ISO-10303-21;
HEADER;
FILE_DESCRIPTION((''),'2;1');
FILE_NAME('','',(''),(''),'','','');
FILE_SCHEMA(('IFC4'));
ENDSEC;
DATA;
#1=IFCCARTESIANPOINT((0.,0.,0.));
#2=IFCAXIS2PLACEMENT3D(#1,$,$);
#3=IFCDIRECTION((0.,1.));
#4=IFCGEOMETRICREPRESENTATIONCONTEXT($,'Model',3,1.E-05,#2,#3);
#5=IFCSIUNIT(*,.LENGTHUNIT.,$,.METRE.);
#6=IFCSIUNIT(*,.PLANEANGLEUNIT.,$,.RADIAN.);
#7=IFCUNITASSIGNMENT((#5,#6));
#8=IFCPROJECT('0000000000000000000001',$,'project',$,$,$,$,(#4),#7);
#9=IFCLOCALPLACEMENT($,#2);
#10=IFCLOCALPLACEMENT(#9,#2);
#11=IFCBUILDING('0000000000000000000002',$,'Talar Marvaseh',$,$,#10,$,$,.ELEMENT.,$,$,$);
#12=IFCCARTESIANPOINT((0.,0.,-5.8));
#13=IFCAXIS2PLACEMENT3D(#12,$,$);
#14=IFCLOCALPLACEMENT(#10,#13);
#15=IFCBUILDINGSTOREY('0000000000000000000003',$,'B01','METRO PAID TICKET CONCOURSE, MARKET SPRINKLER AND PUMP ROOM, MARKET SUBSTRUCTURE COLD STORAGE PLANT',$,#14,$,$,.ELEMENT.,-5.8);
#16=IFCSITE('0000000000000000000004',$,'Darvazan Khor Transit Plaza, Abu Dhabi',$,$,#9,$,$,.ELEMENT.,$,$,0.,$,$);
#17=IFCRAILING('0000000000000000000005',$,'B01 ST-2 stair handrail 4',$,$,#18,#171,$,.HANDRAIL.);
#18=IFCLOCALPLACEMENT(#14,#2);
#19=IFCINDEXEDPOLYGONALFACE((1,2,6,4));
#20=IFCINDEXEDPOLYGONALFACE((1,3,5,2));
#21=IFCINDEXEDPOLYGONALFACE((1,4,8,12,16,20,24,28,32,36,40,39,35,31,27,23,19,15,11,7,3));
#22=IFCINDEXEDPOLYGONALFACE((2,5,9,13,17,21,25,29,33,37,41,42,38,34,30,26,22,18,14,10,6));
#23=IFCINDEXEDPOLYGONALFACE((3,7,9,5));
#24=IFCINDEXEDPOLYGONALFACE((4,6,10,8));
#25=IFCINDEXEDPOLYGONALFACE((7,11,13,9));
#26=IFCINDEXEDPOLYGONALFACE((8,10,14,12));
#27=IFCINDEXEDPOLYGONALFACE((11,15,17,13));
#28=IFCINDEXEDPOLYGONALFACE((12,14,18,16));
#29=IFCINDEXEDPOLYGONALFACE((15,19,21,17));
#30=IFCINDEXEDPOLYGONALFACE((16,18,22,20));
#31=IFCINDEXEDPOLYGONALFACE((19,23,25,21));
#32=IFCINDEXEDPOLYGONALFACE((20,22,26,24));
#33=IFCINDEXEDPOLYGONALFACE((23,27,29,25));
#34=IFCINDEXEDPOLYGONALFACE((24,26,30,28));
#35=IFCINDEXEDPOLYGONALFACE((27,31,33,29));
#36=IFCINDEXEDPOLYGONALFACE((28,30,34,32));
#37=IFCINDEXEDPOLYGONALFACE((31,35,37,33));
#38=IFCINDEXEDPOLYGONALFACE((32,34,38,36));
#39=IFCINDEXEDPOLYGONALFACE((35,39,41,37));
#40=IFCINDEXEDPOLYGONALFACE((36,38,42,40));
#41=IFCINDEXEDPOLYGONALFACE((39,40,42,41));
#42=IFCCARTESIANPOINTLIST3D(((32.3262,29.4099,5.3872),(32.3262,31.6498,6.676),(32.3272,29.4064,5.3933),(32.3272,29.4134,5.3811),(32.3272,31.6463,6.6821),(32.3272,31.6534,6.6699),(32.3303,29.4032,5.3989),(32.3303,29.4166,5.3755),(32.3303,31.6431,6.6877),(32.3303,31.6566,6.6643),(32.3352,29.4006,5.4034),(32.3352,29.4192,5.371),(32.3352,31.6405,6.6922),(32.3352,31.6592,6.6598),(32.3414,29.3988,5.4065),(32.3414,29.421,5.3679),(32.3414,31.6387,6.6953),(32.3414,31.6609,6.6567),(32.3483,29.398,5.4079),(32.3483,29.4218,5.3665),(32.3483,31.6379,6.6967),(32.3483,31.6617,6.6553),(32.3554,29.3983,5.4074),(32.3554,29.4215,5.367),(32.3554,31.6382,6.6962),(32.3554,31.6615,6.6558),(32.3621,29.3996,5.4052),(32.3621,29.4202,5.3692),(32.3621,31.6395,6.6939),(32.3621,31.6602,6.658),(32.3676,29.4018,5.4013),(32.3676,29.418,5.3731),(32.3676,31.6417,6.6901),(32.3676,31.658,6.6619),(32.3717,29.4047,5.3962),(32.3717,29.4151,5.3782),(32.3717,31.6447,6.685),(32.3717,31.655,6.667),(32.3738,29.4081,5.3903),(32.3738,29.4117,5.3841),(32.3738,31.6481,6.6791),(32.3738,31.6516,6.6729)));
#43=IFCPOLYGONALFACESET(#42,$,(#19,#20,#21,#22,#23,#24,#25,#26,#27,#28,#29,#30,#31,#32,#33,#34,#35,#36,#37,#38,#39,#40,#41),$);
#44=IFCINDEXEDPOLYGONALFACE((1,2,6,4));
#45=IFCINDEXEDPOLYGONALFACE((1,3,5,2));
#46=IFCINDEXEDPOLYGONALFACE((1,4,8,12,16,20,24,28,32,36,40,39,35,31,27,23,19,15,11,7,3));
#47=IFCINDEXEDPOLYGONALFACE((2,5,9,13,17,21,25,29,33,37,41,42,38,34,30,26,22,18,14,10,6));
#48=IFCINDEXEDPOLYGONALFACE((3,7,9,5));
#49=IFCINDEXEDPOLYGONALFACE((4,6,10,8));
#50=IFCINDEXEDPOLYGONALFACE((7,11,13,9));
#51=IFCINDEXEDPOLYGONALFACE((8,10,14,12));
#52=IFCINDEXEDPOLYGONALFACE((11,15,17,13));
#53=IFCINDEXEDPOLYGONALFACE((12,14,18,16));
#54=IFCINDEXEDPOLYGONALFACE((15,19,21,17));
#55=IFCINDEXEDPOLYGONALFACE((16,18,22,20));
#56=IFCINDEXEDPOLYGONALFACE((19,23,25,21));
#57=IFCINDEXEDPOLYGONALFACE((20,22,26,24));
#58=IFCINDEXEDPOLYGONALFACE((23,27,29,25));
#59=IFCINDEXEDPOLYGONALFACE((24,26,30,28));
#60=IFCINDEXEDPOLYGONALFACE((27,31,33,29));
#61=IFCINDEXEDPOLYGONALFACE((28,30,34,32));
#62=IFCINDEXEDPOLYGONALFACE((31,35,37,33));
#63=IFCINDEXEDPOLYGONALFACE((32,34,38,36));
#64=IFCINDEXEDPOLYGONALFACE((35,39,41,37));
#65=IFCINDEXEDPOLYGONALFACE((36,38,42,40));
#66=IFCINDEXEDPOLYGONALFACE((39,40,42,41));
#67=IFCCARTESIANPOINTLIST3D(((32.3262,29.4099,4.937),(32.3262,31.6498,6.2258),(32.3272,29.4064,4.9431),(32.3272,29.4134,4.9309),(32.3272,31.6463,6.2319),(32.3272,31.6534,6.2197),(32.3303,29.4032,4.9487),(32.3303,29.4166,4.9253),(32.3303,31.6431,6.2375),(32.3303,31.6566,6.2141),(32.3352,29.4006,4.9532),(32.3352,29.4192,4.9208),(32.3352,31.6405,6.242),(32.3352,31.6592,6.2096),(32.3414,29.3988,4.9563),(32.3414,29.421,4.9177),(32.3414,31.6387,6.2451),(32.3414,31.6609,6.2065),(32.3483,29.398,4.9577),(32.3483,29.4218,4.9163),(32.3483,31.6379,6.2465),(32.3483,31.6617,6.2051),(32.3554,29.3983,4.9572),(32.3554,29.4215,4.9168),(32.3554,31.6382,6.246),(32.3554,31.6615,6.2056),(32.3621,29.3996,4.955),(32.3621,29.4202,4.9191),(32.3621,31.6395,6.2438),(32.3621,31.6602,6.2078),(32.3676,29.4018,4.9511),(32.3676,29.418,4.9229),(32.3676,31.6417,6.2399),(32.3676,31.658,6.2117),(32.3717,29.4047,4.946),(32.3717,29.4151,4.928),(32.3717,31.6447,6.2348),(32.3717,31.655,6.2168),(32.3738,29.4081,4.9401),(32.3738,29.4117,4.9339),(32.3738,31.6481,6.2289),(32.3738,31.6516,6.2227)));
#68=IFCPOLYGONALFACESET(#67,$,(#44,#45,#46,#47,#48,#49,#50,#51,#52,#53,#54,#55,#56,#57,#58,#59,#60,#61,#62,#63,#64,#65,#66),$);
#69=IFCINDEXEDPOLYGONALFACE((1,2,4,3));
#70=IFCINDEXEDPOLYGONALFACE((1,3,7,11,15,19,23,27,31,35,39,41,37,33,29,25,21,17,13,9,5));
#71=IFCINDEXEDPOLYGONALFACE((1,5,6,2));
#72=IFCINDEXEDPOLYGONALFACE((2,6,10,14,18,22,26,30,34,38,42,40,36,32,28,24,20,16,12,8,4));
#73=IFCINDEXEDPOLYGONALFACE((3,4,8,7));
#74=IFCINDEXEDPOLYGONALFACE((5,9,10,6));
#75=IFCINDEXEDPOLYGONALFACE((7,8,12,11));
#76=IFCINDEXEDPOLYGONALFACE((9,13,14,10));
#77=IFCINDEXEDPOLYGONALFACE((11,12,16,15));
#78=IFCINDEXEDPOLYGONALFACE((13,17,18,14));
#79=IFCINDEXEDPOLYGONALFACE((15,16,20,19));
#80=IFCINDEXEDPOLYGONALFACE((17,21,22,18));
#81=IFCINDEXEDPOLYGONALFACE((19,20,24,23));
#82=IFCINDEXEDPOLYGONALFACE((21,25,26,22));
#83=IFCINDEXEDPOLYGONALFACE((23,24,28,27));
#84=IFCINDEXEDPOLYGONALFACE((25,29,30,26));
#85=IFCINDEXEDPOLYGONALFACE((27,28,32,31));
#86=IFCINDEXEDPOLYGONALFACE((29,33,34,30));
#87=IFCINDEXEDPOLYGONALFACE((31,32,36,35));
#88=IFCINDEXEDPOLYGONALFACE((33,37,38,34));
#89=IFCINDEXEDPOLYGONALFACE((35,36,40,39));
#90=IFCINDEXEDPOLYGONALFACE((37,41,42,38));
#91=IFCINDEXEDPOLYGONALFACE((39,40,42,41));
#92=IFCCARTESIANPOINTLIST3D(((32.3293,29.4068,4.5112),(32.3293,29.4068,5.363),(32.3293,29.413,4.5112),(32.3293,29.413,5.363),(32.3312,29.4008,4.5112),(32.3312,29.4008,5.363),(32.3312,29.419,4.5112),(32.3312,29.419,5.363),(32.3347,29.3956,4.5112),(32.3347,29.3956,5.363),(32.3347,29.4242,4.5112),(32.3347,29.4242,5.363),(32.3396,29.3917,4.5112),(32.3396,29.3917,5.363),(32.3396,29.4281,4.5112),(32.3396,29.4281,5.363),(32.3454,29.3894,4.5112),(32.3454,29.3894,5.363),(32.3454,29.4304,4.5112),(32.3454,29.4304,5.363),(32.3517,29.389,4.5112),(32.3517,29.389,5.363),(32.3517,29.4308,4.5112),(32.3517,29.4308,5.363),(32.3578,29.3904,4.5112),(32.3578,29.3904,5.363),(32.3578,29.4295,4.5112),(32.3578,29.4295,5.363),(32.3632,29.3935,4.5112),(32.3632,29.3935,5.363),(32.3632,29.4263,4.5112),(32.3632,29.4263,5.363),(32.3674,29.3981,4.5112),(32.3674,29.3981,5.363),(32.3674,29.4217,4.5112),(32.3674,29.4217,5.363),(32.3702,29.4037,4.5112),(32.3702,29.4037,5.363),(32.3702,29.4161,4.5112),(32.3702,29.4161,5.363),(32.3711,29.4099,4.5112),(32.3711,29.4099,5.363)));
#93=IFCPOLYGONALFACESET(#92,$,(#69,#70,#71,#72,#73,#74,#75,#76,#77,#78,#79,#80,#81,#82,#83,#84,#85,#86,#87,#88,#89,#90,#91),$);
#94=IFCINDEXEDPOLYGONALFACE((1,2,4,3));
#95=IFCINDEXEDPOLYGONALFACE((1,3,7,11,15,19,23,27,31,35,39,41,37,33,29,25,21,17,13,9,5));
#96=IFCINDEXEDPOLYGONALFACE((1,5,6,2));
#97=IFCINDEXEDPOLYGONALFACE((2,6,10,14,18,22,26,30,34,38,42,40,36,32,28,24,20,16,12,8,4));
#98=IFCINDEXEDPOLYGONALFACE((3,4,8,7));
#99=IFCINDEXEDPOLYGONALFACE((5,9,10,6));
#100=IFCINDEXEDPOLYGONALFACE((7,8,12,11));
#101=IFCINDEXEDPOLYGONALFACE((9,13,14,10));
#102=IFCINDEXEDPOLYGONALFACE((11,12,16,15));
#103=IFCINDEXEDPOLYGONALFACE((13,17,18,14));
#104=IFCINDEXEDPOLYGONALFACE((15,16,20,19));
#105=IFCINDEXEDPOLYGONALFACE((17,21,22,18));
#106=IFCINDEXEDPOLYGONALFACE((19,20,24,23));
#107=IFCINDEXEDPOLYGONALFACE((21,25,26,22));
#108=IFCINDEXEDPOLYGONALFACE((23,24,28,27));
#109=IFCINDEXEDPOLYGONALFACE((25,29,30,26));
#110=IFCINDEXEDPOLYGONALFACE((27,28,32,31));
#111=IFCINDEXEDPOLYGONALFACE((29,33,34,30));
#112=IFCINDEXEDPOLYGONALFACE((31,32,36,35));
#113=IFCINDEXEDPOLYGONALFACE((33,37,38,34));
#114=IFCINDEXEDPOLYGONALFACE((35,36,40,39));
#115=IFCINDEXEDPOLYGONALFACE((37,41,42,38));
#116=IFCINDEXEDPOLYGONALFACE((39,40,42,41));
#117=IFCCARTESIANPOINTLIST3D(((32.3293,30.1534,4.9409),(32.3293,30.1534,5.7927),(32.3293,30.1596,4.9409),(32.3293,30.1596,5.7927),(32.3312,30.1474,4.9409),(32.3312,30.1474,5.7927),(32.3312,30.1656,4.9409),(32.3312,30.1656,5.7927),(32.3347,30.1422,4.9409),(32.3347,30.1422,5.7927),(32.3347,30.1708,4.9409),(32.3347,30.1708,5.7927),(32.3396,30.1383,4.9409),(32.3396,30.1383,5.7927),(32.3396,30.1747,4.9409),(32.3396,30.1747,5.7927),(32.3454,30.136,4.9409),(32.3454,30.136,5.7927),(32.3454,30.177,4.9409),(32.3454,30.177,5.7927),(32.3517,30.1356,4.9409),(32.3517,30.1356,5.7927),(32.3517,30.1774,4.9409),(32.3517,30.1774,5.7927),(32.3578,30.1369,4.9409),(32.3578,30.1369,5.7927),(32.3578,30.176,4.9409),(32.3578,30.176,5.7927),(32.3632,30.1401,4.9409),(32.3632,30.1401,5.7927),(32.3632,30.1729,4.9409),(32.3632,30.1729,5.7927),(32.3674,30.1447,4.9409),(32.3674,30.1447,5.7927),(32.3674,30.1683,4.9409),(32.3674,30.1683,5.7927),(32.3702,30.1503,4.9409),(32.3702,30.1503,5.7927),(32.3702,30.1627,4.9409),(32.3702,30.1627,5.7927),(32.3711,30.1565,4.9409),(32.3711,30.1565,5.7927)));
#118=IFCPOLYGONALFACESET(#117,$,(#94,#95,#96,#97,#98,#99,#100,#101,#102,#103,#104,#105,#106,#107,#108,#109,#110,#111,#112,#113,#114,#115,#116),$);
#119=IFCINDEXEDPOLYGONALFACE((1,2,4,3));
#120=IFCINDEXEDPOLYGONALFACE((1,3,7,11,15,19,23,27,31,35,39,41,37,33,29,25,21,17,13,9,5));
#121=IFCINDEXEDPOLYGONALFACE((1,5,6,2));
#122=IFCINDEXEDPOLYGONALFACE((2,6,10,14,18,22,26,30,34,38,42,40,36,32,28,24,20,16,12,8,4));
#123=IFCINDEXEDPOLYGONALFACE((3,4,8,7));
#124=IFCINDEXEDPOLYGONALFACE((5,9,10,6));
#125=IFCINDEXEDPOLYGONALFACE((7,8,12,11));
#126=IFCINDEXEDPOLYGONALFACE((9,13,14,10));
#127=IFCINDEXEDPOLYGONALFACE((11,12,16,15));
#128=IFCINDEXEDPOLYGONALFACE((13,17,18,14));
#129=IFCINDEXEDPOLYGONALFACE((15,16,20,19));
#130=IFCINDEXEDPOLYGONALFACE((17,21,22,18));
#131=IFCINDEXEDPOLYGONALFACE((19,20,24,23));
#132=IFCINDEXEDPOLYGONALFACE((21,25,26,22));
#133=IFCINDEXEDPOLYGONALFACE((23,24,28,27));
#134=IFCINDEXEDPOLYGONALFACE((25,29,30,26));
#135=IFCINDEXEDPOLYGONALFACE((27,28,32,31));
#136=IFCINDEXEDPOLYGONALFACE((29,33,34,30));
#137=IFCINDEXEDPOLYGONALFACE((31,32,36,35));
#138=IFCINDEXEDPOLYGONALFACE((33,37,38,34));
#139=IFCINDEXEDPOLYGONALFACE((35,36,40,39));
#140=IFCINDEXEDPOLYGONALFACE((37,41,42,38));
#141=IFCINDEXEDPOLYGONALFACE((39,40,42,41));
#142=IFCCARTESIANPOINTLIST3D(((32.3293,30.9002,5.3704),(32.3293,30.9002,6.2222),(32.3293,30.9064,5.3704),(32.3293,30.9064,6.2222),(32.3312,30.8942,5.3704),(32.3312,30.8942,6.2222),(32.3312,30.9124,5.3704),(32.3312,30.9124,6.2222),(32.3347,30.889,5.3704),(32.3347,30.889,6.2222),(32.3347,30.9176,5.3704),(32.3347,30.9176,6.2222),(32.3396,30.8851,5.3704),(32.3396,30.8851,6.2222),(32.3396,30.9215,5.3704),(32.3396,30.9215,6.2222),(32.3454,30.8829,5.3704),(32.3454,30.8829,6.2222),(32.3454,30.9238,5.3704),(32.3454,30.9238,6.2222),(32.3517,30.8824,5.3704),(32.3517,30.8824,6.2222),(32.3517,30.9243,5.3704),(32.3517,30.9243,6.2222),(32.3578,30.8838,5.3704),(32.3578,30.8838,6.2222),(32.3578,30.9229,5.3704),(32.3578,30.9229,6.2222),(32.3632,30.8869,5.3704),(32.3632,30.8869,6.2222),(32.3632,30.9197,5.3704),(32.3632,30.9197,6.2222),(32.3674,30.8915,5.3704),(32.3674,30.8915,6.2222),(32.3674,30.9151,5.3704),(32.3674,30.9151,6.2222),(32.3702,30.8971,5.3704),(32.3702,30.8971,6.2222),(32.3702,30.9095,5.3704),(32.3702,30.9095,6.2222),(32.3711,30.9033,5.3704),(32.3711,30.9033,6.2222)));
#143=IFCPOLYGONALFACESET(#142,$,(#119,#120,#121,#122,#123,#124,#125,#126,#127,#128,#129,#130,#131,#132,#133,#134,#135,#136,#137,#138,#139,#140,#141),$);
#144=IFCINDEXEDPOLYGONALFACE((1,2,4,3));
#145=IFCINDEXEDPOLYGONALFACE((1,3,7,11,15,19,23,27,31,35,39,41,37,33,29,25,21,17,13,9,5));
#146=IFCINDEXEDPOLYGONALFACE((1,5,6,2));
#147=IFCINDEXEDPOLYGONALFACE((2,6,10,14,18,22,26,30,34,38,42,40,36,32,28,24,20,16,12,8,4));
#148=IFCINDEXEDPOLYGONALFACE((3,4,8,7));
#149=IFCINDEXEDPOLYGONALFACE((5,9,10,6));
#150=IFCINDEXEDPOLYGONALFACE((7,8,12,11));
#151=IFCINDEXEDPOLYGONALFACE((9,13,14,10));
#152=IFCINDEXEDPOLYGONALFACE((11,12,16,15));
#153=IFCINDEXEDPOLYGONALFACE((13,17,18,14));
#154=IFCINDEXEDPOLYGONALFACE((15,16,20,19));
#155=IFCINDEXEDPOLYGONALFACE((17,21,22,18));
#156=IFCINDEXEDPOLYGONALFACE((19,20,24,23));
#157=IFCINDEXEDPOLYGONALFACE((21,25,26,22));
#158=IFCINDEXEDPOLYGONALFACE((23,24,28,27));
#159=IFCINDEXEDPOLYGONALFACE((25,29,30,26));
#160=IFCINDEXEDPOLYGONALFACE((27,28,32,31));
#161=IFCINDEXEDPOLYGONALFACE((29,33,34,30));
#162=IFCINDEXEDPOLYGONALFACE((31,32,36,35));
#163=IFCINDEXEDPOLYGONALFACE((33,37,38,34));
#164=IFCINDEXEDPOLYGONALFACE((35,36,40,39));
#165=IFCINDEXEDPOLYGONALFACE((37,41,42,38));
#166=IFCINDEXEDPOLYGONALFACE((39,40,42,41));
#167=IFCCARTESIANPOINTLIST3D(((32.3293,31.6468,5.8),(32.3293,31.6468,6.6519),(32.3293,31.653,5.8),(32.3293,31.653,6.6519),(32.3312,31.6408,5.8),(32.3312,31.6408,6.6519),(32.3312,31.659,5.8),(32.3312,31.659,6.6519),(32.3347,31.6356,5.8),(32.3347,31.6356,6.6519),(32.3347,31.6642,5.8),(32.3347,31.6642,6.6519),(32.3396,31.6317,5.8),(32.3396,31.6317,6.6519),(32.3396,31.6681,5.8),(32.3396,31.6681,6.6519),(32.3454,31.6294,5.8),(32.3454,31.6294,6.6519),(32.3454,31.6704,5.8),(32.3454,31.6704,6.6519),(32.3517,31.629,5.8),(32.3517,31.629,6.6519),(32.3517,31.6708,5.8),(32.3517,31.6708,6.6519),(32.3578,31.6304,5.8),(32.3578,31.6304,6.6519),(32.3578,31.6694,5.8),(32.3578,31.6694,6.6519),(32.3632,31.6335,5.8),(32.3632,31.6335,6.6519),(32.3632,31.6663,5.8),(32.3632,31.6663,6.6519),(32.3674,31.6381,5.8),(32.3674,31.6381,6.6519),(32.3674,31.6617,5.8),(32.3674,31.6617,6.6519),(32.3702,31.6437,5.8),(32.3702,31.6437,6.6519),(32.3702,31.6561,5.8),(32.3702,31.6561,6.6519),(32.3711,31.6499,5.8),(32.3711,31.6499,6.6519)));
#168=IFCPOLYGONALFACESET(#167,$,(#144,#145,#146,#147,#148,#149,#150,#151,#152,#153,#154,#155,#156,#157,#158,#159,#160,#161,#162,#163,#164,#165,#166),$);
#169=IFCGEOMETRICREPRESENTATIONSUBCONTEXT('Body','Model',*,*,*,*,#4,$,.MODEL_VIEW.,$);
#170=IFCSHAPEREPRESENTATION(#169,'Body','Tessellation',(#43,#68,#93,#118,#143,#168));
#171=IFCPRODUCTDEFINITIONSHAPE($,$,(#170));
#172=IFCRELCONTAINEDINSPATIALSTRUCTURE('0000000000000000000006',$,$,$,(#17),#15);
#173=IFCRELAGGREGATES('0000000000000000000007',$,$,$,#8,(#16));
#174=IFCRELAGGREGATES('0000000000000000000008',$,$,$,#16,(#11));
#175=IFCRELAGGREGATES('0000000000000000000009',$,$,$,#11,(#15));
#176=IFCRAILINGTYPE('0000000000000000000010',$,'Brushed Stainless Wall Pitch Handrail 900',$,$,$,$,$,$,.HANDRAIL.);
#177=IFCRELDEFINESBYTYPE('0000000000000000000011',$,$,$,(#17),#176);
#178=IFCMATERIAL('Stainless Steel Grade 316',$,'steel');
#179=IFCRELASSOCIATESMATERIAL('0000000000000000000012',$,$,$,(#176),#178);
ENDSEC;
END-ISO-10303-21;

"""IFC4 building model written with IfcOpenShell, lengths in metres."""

from ifc_helpers import new_model, si_unit, direction, frame, origin, origin_2d, place, context, subcontext, project, spatial, circle, extrude, material, type_object, element, save


model = new_model("IFC4")

# Units and contexts
model_context = context("Model", 3, precision=1e-05, world=origin(), true_north=direction((0.0, 1.0)))
body_context = subcontext(model_context, "Body", "Model", "MODEL_VIEW")
ifc_project = project(units=[si_unit("LENGTHUNIT", "METRE"), si_unit("PLANEANGLEUNIT", "RADIAN")], contexts=[model_context])

# Site, building, storey
site_placement = place(None, origin())
site = spatial("IfcSite", under=ifc_project, at=site_placement, Name="Darvazan Khor Transit Plaza, Abu Dhabi", CompositionType="ELEMENT", RefElevation=0.0)
building_placement = place(site_placement, origin())
building = spatial("IfcBuilding", under=site, at=building_placement, Name="Talar Marvaseh", CompositionType="ELEMENT")
storey_placement = place(building_placement, frame((0.0, 0.0, -5.8)))
storey = spatial("IfcBuildingStorey", under=building, at=storey_placement, Name="B01", Description="METRO PAID TICKET CONCOURSE, MARKET SPRINKLER AND PUMP ROOM, MARKET SUBSTRUCTURE COLD STORAGE PLANT", CompositionType="ELEMENT", Elevation=-5.8)

# Railing
ifc_material_1 = material(Name="Stainless Steel Grade 316", Category="steel")
railing_type_1 = type_object("IfcRailingType", Name="Brushed Stainless Wall Pitch Handrail 900", PredefinedType="HANDRAIL", material=ifc_material_1)
railing_1_placement = place(storey_placement, frame((32.3501, 29.4099, 4.5112)))
element("IfcRailing", 1, at=railing_1_placement, inside=storey, type_object=railing_type_1, Name="B01 ST-2 stair handrail 4", PredefinedType="HANDRAIL", context=body_context, shape_type="SweptSolid", body=[
    extrude(circle(Radius=0.0239, at=origin_2d()), frame((0.0, 0.0, 0.876), z_axis=(0.0, 0.866768, 0.498711), x_axis=(-1.0, 0.0, 0.0)), (0.0, 0.0, 1.0), 2.5842),
    extrude(circle(Radius=0.0239, at=origin_2d()), frame((0.0, 0.0, 0.4258), z_axis=(0.0, 0.866768, 0.498711), x_axis=(-1.0, 0.0, 0.0)), (0.0, 0.0, 1.0), 2.5842),
    extrude(circle(Radius=0.021, at=origin_2d()), origin(), (0.0, 0.0, 1.0), 0.8518),
    extrude(circle(Radius=0.021, at=origin_2d()), frame((0.0, 0.7466, 0.4297)), (0.0, 0.0, 1.0), 0.8518),
    extrude(circle(Radius=0.021, at=origin_2d()), frame((0.0, 1.4934, 0.8591)), (0.0, 0.0, 1.0), 0.8518),
    extrude(circle(Radius=0.021, at=origin_2d()), frame((0.0, 2.24, 1.2888)), (0.0, 0.0, 1.0), 0.8518),
])

save(model, "model.ifc")
